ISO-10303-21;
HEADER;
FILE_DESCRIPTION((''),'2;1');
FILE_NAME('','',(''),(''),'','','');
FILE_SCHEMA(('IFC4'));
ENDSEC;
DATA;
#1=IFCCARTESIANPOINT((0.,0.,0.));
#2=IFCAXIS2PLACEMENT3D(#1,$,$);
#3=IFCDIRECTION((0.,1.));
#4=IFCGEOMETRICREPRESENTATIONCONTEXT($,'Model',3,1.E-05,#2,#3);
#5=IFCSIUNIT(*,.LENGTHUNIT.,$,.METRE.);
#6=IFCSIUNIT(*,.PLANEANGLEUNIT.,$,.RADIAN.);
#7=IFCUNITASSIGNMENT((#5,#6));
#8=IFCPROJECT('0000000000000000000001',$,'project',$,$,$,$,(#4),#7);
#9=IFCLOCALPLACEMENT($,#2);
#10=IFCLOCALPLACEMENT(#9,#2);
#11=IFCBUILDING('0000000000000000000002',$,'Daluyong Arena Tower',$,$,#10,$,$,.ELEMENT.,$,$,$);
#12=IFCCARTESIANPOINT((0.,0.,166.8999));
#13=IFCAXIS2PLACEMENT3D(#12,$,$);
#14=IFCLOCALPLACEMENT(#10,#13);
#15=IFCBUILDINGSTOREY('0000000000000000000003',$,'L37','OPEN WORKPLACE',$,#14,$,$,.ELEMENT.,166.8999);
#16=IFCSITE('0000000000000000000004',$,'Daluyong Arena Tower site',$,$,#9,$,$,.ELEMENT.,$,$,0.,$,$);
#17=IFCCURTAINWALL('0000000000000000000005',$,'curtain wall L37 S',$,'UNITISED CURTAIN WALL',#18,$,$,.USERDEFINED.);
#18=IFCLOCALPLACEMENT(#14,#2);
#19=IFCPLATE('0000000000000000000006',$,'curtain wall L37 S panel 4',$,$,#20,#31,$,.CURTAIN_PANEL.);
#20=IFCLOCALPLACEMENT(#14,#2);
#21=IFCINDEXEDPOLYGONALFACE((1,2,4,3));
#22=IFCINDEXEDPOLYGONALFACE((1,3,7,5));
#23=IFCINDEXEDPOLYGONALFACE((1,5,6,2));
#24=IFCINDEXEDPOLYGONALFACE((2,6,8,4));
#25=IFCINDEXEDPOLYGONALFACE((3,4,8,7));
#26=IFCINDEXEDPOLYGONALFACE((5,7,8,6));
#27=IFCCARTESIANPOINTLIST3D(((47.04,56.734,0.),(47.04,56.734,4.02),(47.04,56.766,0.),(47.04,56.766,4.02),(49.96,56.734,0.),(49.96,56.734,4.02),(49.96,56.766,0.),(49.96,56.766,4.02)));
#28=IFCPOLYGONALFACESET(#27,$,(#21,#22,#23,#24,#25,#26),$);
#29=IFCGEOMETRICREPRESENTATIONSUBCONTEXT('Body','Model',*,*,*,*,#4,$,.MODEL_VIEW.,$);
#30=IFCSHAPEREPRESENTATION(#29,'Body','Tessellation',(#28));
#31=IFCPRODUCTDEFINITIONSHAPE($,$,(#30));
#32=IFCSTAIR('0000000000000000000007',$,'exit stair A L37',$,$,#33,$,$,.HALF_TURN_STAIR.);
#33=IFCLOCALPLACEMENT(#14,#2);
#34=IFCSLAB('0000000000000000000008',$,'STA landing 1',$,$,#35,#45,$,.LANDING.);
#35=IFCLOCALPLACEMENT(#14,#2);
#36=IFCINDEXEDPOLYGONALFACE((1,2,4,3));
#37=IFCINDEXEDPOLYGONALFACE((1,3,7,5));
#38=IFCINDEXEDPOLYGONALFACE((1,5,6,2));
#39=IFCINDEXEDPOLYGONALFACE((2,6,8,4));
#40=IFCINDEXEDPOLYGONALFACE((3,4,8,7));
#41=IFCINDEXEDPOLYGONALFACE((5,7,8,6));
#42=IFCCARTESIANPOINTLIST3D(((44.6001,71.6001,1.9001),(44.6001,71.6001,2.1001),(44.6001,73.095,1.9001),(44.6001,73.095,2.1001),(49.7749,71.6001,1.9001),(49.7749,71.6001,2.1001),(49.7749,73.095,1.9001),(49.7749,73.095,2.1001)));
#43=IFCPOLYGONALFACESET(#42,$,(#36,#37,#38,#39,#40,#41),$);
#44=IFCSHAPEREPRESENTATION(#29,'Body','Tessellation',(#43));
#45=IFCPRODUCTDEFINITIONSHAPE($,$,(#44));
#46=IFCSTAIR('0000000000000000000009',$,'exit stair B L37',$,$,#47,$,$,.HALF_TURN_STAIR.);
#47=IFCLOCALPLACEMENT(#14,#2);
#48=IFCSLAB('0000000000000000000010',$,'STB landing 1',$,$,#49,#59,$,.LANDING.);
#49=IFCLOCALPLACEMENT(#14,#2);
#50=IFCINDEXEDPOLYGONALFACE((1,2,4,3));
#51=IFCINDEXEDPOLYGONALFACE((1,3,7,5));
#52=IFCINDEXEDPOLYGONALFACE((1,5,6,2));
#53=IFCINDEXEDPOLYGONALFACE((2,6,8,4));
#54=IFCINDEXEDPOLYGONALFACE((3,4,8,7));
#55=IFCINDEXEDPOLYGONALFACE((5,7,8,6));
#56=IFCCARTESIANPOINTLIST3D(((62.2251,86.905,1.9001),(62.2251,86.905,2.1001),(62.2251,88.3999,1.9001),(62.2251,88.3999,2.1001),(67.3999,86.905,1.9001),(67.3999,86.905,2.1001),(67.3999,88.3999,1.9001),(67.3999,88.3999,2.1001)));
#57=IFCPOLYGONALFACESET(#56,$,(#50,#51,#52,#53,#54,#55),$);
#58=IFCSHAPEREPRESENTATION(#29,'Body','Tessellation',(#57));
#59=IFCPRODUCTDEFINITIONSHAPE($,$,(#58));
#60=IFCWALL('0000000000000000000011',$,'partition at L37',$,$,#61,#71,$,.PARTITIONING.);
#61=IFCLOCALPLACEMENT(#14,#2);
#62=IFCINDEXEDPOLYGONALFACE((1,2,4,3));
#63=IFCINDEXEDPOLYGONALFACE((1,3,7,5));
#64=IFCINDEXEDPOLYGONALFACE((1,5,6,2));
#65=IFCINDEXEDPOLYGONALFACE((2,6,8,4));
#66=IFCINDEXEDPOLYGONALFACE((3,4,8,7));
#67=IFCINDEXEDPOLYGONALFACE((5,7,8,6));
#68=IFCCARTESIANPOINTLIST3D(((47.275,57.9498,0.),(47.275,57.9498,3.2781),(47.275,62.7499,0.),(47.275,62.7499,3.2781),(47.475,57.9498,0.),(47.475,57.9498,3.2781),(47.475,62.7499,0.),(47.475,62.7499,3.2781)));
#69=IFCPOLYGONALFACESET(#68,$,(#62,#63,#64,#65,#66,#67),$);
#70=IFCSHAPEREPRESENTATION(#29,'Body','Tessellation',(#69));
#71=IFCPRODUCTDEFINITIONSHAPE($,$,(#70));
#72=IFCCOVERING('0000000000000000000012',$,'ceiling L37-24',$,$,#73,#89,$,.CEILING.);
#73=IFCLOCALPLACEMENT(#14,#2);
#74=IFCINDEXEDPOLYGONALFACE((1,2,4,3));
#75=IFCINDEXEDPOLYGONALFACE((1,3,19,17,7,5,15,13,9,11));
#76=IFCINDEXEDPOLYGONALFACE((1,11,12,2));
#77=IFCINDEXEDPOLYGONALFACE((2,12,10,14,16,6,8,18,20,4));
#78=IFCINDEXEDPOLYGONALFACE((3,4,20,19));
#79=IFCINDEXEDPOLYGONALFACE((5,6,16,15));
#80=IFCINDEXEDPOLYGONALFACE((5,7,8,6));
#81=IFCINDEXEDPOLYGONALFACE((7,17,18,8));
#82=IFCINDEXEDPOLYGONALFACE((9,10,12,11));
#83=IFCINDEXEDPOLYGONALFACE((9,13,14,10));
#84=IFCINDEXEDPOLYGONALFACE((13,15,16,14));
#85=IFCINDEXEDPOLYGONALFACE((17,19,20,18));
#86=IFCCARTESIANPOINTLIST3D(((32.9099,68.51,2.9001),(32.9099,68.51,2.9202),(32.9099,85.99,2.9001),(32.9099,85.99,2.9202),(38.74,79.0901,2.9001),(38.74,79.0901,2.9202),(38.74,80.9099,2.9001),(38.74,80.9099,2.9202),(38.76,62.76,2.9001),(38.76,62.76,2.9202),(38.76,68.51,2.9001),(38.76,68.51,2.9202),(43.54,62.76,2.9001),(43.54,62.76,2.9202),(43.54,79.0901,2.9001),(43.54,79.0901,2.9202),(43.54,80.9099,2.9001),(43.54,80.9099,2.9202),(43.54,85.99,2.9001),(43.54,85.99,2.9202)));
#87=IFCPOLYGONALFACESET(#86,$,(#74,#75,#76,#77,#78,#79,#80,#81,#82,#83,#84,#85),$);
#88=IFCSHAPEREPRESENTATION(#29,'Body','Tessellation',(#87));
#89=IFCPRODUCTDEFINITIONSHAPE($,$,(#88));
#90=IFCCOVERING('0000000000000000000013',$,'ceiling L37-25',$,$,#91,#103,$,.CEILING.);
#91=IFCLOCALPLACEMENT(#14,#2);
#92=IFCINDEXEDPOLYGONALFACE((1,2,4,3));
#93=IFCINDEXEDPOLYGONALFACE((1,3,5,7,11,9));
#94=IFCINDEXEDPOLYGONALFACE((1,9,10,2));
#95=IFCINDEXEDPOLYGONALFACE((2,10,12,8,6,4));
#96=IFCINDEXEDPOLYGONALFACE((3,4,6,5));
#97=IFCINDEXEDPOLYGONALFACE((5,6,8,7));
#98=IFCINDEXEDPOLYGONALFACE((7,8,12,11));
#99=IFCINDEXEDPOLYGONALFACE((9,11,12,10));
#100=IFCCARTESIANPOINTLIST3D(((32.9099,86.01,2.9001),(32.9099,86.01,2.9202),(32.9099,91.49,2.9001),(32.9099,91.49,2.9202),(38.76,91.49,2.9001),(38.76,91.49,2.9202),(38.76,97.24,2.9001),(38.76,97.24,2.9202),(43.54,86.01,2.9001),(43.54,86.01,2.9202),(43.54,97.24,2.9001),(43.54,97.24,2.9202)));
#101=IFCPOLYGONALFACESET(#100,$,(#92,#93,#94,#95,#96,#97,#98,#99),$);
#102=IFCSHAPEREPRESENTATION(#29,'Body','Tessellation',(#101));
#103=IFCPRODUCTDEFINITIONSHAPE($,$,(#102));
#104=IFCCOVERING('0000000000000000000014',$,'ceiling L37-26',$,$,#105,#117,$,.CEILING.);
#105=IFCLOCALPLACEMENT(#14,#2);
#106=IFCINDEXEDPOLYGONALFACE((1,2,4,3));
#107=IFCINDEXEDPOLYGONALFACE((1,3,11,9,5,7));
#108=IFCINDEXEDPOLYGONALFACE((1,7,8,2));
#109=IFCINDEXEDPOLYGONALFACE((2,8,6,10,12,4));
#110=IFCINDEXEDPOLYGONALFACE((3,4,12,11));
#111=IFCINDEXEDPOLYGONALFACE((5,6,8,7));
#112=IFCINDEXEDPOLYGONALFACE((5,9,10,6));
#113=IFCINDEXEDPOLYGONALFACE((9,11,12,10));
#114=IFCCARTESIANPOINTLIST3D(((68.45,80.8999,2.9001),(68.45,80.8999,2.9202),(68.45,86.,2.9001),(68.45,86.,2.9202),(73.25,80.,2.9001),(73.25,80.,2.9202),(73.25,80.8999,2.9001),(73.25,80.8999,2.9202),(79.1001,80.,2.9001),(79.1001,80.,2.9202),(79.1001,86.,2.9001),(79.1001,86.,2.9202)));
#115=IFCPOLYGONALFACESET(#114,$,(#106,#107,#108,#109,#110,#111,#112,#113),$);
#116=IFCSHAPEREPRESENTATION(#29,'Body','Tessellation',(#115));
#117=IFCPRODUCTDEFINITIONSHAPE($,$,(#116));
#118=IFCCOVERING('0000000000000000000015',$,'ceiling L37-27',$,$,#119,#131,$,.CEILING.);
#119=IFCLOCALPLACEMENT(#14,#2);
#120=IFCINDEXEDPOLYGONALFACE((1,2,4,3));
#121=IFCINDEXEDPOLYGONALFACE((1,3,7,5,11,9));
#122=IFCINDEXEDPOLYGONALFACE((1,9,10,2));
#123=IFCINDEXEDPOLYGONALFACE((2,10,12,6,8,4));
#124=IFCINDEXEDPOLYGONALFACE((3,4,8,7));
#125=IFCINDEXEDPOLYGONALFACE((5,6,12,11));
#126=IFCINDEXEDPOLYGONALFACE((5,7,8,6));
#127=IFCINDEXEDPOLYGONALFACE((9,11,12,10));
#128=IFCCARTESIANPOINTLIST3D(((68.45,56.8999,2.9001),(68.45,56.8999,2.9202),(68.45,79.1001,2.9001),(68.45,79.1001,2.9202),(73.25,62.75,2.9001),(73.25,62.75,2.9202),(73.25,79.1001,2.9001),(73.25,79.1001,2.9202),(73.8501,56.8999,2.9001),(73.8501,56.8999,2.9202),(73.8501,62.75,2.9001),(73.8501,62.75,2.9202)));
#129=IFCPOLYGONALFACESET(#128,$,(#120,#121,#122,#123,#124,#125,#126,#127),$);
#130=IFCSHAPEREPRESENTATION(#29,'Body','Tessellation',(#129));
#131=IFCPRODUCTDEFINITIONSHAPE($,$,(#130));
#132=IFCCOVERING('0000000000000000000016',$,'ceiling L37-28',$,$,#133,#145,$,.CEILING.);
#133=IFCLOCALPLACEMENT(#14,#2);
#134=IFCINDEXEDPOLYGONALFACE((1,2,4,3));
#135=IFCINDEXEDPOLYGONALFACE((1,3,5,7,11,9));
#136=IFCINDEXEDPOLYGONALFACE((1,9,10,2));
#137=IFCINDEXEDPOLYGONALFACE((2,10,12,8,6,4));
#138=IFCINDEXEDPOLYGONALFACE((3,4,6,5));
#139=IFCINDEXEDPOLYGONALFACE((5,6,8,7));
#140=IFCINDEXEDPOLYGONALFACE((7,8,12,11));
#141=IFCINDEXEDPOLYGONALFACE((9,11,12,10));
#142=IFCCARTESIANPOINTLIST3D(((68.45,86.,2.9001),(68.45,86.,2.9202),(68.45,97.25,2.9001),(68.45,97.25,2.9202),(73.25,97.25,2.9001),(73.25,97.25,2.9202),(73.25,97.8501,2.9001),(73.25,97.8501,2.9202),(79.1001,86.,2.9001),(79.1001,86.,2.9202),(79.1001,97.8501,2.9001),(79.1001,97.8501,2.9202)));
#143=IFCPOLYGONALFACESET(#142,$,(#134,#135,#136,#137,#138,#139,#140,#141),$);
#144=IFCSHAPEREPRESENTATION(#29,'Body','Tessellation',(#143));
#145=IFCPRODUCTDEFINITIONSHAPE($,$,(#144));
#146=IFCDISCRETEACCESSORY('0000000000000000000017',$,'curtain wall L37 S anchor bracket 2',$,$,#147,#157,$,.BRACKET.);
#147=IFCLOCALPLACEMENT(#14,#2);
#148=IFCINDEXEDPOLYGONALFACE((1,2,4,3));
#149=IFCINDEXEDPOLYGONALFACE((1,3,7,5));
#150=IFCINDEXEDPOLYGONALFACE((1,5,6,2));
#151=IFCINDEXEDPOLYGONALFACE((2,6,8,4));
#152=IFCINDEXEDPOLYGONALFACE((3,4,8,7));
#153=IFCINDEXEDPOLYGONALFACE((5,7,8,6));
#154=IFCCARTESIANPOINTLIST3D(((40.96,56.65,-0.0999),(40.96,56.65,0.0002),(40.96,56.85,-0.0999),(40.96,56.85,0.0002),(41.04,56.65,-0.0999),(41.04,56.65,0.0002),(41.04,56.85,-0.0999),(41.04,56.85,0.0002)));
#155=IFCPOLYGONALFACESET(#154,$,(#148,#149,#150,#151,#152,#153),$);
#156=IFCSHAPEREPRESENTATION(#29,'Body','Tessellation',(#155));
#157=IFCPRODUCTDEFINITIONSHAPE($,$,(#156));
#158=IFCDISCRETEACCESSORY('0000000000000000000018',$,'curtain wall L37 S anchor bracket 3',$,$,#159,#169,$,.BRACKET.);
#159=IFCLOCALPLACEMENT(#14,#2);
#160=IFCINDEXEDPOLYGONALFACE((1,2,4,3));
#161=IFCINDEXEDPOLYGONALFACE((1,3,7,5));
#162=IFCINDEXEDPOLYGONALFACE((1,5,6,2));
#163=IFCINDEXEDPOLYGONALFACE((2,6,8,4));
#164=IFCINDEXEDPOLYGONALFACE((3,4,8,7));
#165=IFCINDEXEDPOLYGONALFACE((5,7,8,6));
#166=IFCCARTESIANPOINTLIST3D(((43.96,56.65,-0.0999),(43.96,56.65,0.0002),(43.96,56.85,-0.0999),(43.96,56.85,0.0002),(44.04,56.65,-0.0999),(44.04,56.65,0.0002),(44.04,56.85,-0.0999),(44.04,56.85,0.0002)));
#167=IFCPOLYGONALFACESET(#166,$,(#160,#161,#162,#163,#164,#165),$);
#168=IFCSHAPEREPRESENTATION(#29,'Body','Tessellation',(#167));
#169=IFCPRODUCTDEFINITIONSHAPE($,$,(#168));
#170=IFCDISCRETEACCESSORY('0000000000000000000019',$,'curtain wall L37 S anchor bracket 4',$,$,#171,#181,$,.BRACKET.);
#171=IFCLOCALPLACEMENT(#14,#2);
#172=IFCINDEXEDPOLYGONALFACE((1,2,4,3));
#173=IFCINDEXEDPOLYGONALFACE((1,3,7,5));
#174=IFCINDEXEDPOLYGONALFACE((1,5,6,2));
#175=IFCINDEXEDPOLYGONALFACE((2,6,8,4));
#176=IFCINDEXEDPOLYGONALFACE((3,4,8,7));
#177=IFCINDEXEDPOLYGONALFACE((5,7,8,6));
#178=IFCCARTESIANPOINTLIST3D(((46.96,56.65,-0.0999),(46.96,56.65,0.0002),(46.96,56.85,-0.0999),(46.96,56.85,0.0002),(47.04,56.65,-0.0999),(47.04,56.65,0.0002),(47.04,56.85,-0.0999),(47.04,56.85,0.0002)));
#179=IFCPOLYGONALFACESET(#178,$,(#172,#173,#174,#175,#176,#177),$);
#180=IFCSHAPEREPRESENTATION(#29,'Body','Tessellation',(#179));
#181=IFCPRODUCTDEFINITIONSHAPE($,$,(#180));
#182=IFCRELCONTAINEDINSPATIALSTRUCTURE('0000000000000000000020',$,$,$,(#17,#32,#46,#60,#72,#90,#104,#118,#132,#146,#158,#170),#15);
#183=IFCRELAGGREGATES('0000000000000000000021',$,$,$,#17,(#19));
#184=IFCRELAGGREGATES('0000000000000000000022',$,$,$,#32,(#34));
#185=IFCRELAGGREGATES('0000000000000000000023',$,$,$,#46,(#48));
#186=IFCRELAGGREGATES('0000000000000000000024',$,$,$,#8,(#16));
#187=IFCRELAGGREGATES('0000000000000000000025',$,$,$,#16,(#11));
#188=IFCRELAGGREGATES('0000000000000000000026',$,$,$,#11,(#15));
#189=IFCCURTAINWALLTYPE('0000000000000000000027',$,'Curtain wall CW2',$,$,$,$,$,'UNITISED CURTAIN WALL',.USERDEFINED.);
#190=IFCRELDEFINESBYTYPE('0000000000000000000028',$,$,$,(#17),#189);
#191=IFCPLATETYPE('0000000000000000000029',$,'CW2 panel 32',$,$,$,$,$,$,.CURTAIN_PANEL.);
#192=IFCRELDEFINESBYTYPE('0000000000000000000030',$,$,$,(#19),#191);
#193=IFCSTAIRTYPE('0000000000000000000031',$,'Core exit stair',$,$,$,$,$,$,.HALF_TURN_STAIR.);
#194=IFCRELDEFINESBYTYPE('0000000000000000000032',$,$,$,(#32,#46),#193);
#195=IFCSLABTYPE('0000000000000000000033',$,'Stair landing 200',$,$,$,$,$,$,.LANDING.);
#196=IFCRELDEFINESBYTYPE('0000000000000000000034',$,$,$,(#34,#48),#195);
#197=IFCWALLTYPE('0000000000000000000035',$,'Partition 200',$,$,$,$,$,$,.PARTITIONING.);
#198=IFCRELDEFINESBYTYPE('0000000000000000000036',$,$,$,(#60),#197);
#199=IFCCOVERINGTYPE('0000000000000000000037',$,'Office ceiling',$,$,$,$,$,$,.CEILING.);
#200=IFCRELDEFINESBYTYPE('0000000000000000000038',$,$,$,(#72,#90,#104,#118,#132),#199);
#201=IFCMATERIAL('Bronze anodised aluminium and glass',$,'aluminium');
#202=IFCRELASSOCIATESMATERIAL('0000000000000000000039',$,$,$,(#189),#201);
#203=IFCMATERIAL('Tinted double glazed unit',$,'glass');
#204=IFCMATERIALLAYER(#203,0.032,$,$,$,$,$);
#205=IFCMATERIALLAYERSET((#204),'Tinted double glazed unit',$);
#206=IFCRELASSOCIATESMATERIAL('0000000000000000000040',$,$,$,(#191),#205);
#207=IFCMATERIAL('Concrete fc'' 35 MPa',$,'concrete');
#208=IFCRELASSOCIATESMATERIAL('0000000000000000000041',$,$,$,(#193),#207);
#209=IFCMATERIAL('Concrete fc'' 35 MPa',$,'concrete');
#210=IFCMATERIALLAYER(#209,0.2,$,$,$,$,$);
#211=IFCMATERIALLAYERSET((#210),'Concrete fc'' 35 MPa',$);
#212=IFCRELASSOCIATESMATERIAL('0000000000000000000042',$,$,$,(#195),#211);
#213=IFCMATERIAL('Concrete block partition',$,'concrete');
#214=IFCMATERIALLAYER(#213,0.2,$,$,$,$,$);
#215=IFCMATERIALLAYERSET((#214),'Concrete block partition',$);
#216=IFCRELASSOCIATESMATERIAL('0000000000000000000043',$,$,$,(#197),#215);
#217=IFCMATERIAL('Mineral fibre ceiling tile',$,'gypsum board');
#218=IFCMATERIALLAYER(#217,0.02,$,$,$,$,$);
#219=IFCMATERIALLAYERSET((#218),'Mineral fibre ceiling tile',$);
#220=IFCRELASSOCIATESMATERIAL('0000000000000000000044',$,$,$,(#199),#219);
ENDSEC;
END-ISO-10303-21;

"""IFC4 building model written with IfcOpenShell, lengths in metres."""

from ifc_helpers import new_model, si_unit, direction, frame, frame_2d, origin, origin_2d, place, context, subcontext, project, spatial, polyline, rectangle, outline, extrude, material, layer, layer_set, type_object, element, aggregate, save


model = new_model("IFC4")

# Units and contexts
model_context = context("Model", 3, precision=1e-05, world=origin(), true_north=direction((0.0, 1.0)))
body_context = subcontext(model_context, "Body", "Model", "MODEL_VIEW")
ifc_project = project(units=[si_unit("LENGTHUNIT", "METRE"), si_unit("PLANEANGLEUNIT", "RADIAN")], contexts=[model_context])

# Site, building, storey
site_placement = place(None, origin())
site = spatial("IfcSite", under=ifc_project, at=site_placement, Name="Daluyong Arena Tower site", CompositionType="ELEMENT", RefElevation=0.0)
building_placement = place(site_placement, origin())
building = spatial("IfcBuilding", under=site, at=building_placement, Name="Daluyong Arena Tower", CompositionType="ELEMENT")
storey_placement = place(building_placement, frame((0.0, 0.0, 166.8999)))
storey = spatial("IfcBuildingStorey", under=building, at=storey_placement, Name="L37", Description="OPEN WORKPLACE", CompositionType="ELEMENT", Elevation=166.8999)

# Curtain wall
ifc_material_1 = material(Name="Bronze anodised aluminium and glass", Category="aluminium")
curtain_wall_type_1 = type_object("IfcCurtainWallType", Name="Curtain wall CW2", ElementType="UNITISED CURTAIN WALL", PredefinedType="USERDEFINED", material=ifc_material_1)
curtain_wall_1_placement = place(storey_placement, origin())
curtain_wall_1 = element("IfcCurtainWall", 1, at=curtain_wall_1_placement, inside=storey, type_object=curtain_wall_type_1, Name="curtain wall L37 S", ObjectType="UNITISED CURTAIN WALL", PredefinedType="USERDEFINED")

# Plate
ifc_material_2 = material(Name="Tinted double glazed unit", Category="glass")
ifc_layer_1 = layer(ifc_material_2, 0.032)
ifc_layer_set_1 = layer_set([ifc_layer_1], Name="Tinted double glazed unit")
plate_type = type_object("IfcPlateType", Name="CW2 panel 32", PredefinedType="CURTAIN_PANEL", material=ifc_layer_set_1)
plate_1_placement = place(storey_placement, frame((48.5, 56.75, 0.0), z_axis=(0.0, 0.0, 1.0), x_axis=(1.0, 0.0, 0.0)))
plate_1 = element("IfcPlate", 2, at=plate_1_placement, type_object=plate_type, Name="curtain wall L37 S panel 4", PredefinedType="CURTAIN_PANEL", context=body_context, shape_type="SweptSolid", body=[
    extrude(rectangle(XDim=2.9199, YDim=0.032, at=origin_2d()), origin(), (0.0, 0.0, 1.0), 4.02),
])
aggregate(curtain_wall_1, [plate_1])

# Stairs, slabs
ifc_material_3 = material(Name="Concrete fc' 35 MPa", Category="concrete")
stair_type = type_object("IfcStairType", Name="Core exit stair", PredefinedType="HALF_TURN_STAIR", material=ifc_material_3)
stair_1_placement = place(storey_placement, origin())
stair_1 = element("IfcStair", 3, at=stair_1_placement, inside=storey, type_object=stair_type, Name="exit stair A L37", PredefinedType="HALF_TURN_STAIR")
ifc_material_4 = material(Name="Concrete fc' 35 MPa", Category="concrete")
ifc_layer_2 = layer(ifc_material_4, 0.2)
ifc_layer_set_2 = layer_set([ifc_layer_2], Name="Concrete fc' 35 MPa")
slab_type = type_object("IfcSlabType", Name="Stair landing 200", PredefinedType="LANDING", material=ifc_layer_set_2)
slab_1_placement = place(storey_placement, frame((0.0, 0.0, 1.9001)))
slab_1 = element("IfcSlab", 4, at=slab_1_placement, type_object=slab_type, Name="STA landing 1", PredefinedType="LANDING", context=body_context, shape_type="SweptSolid", body=[
    extrude(outline(polyline([(44.6001, 71.6001), (49.7749, 71.6001), (49.7749, 73.095), (44.6001, 73.095), (44.6001, 71.6001)])), origin(), (0.0, 0.0, 1.0), 0.2),
])
aggregate(stair_1, [slab_1])
stair_2_placement = place(storey_placement, origin())
stair_2 = element("IfcStair", 5, at=stair_2_placement, inside=storey, type_object=stair_type, Name="exit stair B L37", PredefinedType="HALF_TURN_STAIR")
slab_2_placement = place(storey_placement, frame((0.0, 0.0, 1.9001)))
slab_2 = element("IfcSlab", 6, at=slab_2_placement, type_object=slab_type, Name="STB landing 1", PredefinedType="LANDING", context=body_context, shape_type="SweptSolid", body=[
    extrude(outline(polyline([(62.2251, 86.905), (67.3999, 86.905), (67.3999, 88.3999), (62.2251, 88.3999), (62.2251, 86.905)])), origin(), (0.0, 0.0, 1.0), 0.2),
])
aggregate(stair_2, [slab_2])

# Wall
ifc_material_5 = material(Name="Concrete block partition", Category="concrete")
ifc_layer_3 = layer(ifc_material_5, 0.2)
ifc_layer_set_3 = layer_set([ifc_layer_3], Name="Concrete block partition")
wall_type = type_object("IfcWallType", Name="Partition 200", PredefinedType="PARTITIONING", material=ifc_layer_set_3)
wall_placement = place(storey_placement, frame((47.375, 57.95, 0.0), z_axis=(0.0, 0.0, 1.0), x_axis=(0.0, 1.0, 0.0)))
element("IfcWall", 7, at=wall_placement, inside=storey, type_object=wall_type, Name="partition at L37", PredefinedType="PARTITIONING", context=body_context, shape_type="SweptSolid", body=[
    extrude(rectangle(XDim=4.8, YDim=0.2, at=frame_2d((2.3999, 0.0))), origin(), (0.0, 0.0, 1.0), 3.2781),
])

# Coverings
ifc_material_6 = material(Name="Mineral fibre ceiling tile", Category="gypsum board")
ifc_layer_4 = layer(ifc_material_6, 0.02)
ifc_layer_set_4 = layer_set([ifc_layer_4], Name="Mineral fibre ceiling tile")
covering_type = type_object("IfcCoveringType", Name="Office ceiling", PredefinedType="CEILING", material=ifc_layer_set_4)
covering_1_placement = place(storey_placement, frame((0.0, 0.0, 2.9001)))
element("IfcCovering", 8, at=covering_1_placement, inside=storey, type_object=covering_type, Name="ceiling L37-24", PredefinedType="CEILING", context=body_context, shape_type="SweptSolid", body=[
    extrude(outline(polyline([(38.76, 62.76), (43.54, 62.76), (43.54, 79.0901), (38.74, 79.0901), (38.74, 80.9099), (43.54, 80.9099), (43.54, 85.99), (32.9099, 85.99), (32.9099, 68.51), (38.76, 68.51), (38.76, 62.76)])), origin(), (0.0, 0.0, 1.0), 0.02),
])
covering_2_placement = place(storey_placement, frame((0.0, 0.0, 2.9001)))
element("IfcCovering", 9, at=covering_2_placement, inside=storey, type_object=covering_type, Name="ceiling L37-25", PredefinedType="CEILING", context=body_context, shape_type="SweptSolid", body=[
    extrude(outline(polyline([(32.9099, 86.01), (43.54, 86.01), (43.54, 97.24), (38.76, 97.24), (38.76, 91.49), (32.9099, 91.49), (32.9099, 86.01)])), origin(), (0.0, 0.0, 1.0), 0.02),
])
covering_3_placement = place(storey_placement, frame((0.0, 0.0, 2.9001)))
element("IfcCovering", 10, at=covering_3_placement, inside=storey, type_object=covering_type, Name="ceiling L37-26", PredefinedType="CEILING", context=body_context, shape_type="SweptSolid", body=[
    extrude(outline(polyline([(79.1001, 80.0), (79.1001, 86.0), (68.45, 86.0), (68.45, 80.8999), (73.25, 80.8999), (73.25, 80.0), (79.1001, 80.0)])), origin(), (0.0, 0.0, 1.0), 0.02),
])
covering_4_placement = place(storey_placement, frame((0.0, 0.0, 2.9001)))
element("IfcCovering", 11, at=covering_4_placement, inside=storey, type_object=covering_type, Name="ceiling L37-27", PredefinedType="CEILING", context=body_context, shape_type="SweptSolid", body=[
    extrude(outline(polyline([(68.45, 79.1001), (68.45, 56.8999), (73.8501, 56.8999), (73.8501, 62.75), (73.25, 62.75), (73.25, 79.1001), (68.45, 79.1001)])), origin(), (0.0, 0.0, 1.0), 0.02),
])
covering_5_placement = place(storey_placement, frame((0.0, 0.0, 2.9001)))
element("IfcCovering", 12, at=covering_5_placement, inside=storey, type_object=covering_type, Name="ceiling L37-28", PredefinedType="CEILING", context=body_context, shape_type="SweptSolid", body=[
    extrude(outline(polyline([(73.25, 97.25), (68.45, 97.25), (68.45, 86.0), (79.1001, 86.0), (79.1001, 97.8501), (73.25, 97.8501), (73.25, 97.25)])), origin(), (0.0, 0.0, 1.0), 0.02),
])

# Discrete accessories
for number, where, z_axis, x_axis, name in (
    (13, (41.0, 56.75, -0.0999), (0.0, 0.0, 1.0), (1.0, 0.0, 0.0), "curtain wall L37 S anchor bracket 2"),
    (14, (44.0, 56.75, -0.0999), (0.0, 0.0, 1.0), (1.0, 0.0, 0.0), "curtain wall L37 S anchor bracket 3"),
    (15, (47.0, 56.75, -0.0999), (0.0, 0.0, 1.0), (1.0, 0.0, 0.0), "curtain wall L37 S anchor bracket 4"),
):
    element("IfcDiscreteAccessory", number, at=place(storey_placement, frame(where, z_axis=z_axis, x_axis=x_axis)), inside=storey, Name=name, PredefinedType="BRACKET", context=body_context, shape_type="SweptSolid", body=[
        extrude(rectangle(XDim=0.0801, YDim=0.2, at=origin_2d()), origin(), (0.0, 0.0, 1.0), 0.1001),
    ])

save(model, "model.ifc")
